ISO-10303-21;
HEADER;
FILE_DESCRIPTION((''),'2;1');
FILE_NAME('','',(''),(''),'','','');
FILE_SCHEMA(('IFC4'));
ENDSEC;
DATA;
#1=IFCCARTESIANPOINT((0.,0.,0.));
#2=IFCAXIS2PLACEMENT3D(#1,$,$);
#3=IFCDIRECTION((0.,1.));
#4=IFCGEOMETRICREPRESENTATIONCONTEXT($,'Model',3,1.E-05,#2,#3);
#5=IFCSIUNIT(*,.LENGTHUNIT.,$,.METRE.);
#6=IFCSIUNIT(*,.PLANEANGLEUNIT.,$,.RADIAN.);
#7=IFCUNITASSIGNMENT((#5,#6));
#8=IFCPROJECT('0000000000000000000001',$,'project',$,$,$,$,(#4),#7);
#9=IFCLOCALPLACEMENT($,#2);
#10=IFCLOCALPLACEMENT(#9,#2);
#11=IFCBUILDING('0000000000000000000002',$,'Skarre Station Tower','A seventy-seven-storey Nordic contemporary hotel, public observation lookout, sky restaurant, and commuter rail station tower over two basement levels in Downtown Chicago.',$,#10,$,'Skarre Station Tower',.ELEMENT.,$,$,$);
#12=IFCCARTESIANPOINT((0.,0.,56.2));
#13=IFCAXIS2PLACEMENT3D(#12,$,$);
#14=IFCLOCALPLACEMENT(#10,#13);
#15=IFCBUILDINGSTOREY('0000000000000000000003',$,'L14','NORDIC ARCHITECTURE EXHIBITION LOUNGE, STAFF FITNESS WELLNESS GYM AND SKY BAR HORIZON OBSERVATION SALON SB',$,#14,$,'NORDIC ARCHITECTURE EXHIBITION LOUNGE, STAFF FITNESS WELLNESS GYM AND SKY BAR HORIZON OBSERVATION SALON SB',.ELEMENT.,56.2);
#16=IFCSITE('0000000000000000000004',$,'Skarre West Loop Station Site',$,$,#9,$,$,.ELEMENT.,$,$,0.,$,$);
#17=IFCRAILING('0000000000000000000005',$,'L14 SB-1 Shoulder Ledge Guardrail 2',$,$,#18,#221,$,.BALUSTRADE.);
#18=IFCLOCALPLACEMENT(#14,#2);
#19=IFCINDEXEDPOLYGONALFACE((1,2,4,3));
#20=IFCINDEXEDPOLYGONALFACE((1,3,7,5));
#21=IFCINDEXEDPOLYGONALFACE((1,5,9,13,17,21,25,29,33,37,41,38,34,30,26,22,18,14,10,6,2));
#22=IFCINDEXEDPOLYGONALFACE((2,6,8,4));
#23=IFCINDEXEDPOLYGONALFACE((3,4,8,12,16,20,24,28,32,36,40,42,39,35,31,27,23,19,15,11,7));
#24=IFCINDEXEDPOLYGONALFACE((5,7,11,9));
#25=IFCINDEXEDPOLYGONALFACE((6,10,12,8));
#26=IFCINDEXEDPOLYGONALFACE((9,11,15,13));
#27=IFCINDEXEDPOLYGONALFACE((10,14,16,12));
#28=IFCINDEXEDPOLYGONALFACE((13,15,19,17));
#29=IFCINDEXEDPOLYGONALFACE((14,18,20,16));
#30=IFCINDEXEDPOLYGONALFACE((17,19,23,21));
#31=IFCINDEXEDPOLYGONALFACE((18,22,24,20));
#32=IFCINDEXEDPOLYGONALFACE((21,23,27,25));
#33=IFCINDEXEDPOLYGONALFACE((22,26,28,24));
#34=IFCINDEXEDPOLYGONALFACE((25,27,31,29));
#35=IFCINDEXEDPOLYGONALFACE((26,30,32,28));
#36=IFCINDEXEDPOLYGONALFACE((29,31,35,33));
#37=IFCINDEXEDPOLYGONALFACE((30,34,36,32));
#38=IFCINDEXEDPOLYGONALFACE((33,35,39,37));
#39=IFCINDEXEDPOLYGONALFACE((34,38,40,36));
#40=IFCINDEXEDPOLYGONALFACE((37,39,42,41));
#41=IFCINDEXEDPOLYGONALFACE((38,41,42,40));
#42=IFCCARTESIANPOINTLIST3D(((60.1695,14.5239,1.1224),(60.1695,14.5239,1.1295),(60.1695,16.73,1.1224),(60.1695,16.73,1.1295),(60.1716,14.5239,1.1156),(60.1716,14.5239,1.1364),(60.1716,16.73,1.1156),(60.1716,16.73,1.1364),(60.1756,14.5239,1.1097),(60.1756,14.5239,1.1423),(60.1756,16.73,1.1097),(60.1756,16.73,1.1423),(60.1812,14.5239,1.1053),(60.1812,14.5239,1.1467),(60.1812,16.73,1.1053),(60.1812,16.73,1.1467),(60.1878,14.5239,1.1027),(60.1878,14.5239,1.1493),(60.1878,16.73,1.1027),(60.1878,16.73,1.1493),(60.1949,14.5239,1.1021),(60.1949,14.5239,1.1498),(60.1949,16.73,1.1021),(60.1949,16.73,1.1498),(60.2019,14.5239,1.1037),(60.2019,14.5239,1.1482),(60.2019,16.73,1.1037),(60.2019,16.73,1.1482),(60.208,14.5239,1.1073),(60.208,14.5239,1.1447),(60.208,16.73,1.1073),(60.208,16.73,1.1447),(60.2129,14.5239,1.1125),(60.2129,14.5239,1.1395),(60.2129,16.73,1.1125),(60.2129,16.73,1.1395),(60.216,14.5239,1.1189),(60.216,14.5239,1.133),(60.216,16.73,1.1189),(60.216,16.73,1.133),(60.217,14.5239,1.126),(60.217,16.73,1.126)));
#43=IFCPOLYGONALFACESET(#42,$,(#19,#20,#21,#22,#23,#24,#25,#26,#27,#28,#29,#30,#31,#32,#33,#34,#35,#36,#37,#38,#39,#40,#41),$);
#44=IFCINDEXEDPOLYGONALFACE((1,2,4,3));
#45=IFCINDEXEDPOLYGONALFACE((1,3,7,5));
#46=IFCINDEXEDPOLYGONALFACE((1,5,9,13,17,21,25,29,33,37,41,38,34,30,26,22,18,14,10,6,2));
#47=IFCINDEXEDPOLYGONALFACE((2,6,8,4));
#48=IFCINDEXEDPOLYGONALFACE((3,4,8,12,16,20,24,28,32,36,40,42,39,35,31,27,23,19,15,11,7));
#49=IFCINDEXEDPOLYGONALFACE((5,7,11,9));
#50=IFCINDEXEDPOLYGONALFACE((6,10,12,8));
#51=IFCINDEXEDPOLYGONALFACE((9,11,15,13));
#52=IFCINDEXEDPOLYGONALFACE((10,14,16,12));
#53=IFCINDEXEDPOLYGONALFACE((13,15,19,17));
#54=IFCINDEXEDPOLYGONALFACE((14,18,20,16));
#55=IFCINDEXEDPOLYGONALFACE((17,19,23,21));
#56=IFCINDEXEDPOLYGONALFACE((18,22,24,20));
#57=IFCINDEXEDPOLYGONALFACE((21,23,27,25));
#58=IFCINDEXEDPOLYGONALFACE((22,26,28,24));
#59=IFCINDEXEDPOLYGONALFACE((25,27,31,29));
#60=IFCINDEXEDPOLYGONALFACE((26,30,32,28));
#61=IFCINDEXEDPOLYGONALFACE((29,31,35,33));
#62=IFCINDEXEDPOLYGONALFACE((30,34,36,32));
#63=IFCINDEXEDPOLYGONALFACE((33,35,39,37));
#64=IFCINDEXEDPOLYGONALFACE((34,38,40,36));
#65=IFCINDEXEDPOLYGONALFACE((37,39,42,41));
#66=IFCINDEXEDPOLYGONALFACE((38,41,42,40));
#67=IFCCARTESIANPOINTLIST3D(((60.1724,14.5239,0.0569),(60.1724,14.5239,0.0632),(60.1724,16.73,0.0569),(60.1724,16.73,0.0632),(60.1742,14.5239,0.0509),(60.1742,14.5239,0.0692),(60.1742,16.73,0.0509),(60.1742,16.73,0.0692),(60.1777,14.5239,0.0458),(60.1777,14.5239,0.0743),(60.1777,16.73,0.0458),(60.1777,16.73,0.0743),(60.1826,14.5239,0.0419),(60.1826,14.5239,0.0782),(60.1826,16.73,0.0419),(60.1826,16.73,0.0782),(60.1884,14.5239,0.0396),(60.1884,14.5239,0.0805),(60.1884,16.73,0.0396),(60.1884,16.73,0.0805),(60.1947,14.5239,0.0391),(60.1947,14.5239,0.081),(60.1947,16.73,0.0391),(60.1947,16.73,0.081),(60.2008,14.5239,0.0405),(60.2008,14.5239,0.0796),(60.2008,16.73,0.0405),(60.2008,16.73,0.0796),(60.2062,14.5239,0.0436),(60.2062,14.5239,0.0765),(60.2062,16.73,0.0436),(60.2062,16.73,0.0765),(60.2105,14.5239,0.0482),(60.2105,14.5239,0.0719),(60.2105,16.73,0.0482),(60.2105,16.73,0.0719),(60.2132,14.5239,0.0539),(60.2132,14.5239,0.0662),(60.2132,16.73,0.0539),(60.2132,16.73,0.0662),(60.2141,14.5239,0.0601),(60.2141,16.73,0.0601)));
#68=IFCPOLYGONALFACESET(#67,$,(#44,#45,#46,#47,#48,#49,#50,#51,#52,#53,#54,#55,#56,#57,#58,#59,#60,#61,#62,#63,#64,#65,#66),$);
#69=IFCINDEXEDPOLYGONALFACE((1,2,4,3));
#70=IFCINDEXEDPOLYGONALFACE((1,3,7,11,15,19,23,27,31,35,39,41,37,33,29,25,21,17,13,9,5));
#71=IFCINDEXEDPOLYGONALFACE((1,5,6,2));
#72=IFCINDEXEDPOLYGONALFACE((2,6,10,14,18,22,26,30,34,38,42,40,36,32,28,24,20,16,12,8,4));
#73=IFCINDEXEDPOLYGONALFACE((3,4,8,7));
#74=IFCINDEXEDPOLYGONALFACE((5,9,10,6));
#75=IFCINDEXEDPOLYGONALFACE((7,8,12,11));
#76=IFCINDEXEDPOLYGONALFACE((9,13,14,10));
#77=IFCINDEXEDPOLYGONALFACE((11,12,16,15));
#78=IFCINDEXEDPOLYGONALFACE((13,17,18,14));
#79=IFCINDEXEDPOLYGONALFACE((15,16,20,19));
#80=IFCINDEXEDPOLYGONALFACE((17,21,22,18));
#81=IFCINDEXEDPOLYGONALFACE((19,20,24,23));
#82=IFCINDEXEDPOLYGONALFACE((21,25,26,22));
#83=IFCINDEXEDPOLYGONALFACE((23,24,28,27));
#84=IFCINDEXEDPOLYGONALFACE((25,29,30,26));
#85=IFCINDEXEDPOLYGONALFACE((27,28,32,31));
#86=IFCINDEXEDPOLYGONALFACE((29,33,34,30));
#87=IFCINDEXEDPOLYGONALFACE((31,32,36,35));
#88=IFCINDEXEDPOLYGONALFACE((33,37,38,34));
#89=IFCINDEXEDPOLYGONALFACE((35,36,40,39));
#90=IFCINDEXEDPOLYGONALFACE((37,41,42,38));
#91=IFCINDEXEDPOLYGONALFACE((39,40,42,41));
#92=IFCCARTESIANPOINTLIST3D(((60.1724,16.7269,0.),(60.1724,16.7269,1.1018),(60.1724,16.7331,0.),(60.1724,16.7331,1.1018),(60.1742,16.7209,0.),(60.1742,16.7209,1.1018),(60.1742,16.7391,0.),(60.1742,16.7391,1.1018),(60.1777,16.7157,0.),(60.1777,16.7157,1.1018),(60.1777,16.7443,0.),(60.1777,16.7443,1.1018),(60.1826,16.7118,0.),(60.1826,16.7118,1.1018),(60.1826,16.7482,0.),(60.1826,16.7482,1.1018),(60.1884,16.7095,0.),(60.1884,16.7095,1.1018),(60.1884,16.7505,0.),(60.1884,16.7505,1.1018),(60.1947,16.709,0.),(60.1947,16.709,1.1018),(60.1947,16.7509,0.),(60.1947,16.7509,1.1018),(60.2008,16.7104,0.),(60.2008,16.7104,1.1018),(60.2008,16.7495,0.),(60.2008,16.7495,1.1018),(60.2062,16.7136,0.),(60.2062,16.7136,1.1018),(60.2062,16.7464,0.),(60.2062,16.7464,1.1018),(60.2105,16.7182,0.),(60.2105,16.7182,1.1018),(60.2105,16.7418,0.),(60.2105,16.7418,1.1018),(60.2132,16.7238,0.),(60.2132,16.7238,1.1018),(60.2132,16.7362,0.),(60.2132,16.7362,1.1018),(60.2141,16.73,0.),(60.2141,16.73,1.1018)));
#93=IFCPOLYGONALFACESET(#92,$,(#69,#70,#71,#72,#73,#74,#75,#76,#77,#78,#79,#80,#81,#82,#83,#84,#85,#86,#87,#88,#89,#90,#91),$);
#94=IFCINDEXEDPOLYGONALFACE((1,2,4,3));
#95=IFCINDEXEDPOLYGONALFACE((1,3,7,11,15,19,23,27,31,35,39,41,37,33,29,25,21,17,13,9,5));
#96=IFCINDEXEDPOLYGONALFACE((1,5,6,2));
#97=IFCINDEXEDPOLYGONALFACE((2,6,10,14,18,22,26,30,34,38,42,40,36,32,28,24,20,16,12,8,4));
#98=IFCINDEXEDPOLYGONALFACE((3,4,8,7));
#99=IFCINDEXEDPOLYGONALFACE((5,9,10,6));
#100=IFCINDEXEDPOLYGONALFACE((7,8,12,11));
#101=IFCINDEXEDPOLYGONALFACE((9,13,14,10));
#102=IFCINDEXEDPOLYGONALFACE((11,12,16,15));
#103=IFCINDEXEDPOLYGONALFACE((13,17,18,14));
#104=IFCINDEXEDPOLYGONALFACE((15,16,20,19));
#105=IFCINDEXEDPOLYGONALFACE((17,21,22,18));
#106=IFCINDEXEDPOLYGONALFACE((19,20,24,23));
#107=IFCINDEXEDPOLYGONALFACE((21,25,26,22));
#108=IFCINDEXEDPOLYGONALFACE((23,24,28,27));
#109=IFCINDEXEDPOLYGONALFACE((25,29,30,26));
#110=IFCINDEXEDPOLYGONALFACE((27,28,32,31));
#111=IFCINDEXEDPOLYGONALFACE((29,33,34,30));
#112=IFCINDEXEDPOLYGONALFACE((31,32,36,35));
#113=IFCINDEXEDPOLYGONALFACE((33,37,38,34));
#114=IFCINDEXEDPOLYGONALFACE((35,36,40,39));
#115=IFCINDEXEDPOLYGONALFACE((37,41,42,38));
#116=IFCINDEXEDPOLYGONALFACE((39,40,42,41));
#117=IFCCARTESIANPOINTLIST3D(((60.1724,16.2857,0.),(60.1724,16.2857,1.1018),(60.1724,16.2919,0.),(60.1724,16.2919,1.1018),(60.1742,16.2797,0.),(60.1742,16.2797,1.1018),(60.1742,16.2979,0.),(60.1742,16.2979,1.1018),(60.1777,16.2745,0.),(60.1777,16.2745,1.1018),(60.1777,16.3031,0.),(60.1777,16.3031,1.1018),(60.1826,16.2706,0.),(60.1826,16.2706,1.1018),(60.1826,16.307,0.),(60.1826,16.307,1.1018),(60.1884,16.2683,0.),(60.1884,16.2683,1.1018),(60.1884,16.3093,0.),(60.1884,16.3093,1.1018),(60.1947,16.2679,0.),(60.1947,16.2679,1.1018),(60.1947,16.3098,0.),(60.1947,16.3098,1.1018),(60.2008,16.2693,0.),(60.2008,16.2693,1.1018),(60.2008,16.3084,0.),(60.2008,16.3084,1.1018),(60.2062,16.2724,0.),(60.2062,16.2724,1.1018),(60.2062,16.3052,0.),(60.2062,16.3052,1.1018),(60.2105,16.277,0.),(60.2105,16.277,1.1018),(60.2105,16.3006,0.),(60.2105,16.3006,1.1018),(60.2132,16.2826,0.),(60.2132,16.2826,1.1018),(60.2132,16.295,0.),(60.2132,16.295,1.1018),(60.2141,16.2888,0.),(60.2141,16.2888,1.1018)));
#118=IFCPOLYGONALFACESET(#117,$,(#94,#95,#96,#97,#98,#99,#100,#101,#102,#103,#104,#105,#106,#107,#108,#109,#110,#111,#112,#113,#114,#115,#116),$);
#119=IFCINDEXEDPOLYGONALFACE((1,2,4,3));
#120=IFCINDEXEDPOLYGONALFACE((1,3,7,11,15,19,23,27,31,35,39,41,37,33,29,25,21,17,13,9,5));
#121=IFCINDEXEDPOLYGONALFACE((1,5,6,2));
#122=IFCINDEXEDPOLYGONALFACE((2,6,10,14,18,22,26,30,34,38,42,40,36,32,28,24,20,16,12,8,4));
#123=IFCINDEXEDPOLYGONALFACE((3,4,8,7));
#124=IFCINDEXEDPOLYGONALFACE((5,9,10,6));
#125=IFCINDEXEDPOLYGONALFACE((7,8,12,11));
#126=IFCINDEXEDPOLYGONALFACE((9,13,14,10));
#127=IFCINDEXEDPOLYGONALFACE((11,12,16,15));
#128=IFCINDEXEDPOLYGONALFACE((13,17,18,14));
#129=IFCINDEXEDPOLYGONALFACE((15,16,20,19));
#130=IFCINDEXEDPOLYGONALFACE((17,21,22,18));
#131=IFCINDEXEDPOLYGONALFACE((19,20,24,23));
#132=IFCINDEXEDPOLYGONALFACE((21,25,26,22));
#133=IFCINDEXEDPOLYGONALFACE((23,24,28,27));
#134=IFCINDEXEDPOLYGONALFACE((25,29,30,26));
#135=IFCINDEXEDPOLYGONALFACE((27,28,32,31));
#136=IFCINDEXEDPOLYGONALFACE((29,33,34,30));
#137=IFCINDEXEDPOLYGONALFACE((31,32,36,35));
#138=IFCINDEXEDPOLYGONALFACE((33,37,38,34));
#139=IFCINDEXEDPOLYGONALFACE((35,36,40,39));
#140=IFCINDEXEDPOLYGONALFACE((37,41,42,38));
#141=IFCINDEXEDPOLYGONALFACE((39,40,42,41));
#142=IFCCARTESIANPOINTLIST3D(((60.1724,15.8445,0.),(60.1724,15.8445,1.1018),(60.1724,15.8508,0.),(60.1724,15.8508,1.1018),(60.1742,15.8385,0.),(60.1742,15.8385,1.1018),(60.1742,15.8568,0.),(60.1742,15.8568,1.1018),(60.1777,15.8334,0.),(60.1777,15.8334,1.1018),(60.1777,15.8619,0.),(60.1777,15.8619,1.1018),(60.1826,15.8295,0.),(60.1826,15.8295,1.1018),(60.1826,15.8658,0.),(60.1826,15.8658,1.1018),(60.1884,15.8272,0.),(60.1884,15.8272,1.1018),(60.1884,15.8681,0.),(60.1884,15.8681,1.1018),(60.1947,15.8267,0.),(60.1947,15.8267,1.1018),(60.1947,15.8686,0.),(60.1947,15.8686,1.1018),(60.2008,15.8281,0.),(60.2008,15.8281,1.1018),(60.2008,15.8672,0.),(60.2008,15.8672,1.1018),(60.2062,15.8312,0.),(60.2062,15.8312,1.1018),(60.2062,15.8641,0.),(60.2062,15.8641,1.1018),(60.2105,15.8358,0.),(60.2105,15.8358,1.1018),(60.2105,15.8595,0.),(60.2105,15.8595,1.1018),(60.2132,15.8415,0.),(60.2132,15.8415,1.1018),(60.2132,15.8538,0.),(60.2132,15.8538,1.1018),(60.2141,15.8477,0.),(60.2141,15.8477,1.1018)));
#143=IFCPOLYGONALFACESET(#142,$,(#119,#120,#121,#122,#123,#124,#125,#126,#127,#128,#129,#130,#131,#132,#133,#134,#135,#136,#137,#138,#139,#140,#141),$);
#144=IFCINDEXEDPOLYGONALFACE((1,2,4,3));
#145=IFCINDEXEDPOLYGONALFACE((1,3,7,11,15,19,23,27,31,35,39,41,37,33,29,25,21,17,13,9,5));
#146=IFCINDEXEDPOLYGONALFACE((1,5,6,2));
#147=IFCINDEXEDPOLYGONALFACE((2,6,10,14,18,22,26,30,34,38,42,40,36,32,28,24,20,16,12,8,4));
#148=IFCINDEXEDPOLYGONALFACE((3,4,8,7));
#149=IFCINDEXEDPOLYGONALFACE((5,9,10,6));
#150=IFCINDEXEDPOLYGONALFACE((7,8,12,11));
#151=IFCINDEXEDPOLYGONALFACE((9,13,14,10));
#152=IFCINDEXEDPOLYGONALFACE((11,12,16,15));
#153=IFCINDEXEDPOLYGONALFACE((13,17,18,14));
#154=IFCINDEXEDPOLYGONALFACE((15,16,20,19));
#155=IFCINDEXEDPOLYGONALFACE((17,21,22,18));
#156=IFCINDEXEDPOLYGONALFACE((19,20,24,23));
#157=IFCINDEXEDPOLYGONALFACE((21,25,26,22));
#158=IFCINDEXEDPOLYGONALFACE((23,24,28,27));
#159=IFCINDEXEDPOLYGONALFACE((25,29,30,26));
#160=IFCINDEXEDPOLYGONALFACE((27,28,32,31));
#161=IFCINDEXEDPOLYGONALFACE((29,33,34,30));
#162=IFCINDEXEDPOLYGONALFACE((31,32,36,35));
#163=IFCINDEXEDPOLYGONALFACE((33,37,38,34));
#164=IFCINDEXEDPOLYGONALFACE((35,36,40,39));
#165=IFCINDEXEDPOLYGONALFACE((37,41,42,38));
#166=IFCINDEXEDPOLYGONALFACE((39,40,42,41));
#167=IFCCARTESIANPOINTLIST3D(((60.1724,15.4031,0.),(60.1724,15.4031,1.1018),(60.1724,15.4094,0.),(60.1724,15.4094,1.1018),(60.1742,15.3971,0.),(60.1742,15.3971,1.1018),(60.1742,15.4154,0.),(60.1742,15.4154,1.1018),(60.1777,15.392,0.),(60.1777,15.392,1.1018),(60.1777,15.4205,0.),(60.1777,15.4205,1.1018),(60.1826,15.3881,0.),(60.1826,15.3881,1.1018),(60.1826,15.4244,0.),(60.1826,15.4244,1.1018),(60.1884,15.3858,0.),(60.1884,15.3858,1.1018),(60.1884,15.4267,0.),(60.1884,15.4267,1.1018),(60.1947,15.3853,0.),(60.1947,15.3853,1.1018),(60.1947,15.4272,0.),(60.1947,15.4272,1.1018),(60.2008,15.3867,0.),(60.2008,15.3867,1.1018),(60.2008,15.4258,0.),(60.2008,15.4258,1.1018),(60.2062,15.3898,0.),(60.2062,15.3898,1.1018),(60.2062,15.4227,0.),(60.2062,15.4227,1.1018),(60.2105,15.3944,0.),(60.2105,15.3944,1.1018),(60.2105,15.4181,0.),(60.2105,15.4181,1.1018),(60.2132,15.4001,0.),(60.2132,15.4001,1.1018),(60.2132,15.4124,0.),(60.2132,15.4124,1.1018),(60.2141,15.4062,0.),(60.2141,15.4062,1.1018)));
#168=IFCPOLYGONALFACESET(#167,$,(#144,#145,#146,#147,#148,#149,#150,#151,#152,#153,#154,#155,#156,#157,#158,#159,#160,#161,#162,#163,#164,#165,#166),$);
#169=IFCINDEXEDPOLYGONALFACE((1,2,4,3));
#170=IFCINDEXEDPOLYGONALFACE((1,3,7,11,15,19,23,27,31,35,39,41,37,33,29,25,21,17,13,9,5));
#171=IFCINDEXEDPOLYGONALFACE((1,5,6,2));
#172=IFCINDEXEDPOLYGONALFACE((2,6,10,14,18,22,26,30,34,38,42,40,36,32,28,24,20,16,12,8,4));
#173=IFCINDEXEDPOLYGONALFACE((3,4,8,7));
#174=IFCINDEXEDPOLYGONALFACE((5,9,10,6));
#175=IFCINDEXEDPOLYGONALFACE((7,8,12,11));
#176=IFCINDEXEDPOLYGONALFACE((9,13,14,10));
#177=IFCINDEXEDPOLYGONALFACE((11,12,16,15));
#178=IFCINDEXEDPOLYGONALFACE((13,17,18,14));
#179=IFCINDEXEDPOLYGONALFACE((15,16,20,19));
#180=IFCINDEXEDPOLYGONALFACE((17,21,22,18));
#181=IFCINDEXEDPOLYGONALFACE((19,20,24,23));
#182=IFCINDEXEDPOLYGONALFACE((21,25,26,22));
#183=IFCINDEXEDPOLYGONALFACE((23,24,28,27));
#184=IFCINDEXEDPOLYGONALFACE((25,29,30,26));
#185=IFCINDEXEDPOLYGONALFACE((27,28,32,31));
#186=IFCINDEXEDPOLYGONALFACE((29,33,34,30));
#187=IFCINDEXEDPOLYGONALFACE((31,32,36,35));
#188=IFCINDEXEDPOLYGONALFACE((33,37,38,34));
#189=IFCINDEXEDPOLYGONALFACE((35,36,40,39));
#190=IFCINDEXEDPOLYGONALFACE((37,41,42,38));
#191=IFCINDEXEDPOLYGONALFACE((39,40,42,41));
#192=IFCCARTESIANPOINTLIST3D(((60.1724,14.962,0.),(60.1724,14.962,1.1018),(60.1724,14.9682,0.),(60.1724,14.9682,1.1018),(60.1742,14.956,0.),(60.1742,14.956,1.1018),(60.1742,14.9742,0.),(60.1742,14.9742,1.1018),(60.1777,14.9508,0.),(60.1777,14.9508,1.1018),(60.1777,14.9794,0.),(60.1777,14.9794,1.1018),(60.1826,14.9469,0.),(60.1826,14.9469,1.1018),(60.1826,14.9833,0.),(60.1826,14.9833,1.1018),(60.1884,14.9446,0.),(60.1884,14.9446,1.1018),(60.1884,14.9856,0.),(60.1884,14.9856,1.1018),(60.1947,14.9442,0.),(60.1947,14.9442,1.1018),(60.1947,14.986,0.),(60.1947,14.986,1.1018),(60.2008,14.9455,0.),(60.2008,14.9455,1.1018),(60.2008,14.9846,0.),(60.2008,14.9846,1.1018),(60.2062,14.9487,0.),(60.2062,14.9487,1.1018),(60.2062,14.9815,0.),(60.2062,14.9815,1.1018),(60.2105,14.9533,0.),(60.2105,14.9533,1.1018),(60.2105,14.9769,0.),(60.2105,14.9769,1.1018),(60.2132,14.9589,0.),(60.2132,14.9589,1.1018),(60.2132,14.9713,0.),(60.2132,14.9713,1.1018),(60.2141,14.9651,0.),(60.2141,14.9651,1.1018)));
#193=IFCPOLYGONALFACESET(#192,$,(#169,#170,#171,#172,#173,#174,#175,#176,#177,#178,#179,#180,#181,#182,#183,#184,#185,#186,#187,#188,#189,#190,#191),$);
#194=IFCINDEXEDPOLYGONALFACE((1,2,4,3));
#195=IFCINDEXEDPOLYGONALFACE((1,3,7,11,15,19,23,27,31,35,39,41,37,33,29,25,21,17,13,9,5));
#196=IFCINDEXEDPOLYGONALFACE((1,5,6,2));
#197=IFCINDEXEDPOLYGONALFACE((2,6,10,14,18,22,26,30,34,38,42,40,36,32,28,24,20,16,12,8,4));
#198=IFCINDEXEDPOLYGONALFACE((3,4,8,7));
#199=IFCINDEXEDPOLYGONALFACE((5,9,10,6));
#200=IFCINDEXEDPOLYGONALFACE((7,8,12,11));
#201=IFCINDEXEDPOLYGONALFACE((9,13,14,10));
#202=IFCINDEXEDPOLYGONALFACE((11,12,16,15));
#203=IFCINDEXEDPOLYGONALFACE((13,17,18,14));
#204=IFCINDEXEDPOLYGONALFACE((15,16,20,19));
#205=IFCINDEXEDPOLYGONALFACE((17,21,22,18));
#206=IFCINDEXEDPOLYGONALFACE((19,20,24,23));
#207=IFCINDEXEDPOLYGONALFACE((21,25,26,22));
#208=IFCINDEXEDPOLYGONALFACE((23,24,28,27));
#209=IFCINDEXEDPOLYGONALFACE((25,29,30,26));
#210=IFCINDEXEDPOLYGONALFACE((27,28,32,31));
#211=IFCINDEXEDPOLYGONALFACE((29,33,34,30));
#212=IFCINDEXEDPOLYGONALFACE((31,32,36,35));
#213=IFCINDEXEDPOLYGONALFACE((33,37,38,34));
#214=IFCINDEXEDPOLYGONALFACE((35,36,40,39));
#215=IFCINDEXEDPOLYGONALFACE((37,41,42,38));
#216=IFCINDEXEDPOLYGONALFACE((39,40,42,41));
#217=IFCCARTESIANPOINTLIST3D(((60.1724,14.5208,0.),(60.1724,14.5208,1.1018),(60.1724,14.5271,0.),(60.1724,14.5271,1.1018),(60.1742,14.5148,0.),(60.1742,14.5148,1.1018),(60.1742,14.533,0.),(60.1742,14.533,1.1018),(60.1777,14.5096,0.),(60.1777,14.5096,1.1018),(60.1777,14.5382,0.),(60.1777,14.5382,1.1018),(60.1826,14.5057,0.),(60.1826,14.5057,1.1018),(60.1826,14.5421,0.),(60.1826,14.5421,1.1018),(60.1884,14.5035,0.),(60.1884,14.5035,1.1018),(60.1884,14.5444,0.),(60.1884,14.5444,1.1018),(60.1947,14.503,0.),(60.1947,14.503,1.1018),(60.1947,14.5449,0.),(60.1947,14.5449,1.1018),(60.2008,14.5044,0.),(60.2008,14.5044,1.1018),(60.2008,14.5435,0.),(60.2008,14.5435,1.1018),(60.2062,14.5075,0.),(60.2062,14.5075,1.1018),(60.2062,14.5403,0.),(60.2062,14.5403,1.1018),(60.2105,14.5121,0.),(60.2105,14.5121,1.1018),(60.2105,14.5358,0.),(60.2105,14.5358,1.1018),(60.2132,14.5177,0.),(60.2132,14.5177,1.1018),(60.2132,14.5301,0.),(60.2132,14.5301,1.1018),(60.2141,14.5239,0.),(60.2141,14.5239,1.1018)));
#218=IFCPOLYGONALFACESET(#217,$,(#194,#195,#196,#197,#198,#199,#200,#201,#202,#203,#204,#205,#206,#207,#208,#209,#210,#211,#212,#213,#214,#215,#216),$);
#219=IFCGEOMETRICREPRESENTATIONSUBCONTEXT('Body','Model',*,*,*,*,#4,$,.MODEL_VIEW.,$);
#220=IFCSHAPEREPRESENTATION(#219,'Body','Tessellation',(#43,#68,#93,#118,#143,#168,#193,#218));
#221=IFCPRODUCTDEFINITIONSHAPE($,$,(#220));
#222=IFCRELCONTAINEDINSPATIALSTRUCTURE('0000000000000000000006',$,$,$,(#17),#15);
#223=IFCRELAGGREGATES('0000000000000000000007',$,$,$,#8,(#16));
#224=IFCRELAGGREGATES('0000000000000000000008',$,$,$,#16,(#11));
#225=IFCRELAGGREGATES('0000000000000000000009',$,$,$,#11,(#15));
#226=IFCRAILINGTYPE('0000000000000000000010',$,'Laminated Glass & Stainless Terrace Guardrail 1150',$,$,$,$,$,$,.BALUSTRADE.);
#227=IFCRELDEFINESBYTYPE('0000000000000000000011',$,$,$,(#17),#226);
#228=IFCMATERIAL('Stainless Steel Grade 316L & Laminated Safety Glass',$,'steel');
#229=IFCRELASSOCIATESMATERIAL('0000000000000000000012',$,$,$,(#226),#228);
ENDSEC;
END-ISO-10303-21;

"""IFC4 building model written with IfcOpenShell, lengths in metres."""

from ifc_helpers import new_model, si_unit, direction, frame, origin, origin_2d, place, context, subcontext, project, spatial, circle, extrude, material, type_object, element, save


model = new_model("IFC4")

# Units and contexts
model_context = context("Model", 3, precision=1e-05, world=origin(), true_north=direction((0.0, 1.0)))
body_context = subcontext(model_context, "Body", "Model", "MODEL_VIEW")
ifc_project = project(units=[si_unit("LENGTHUNIT", "METRE"), si_unit("PLANEANGLEUNIT", "RADIAN")], contexts=[model_context])

# Site, building, storey
site_placement = place(None, origin())
site = spatial("IfcSite", under=ifc_project, at=site_placement, Name="Skarre West Loop Station Site", CompositionType="ELEMENT", RefElevation=0.0)
building_placement = place(site_placement, origin())
building = spatial("IfcBuilding", under=site, at=building_placement, Name="Skarre Station Tower", Description="A seventy-seven-storey Nordic contemporary hotel, public observation lookout, sky restaurant, and commuter rail station tower over two basement levels in Downtown Chicago.", LongName="Skarre Station Tower", CompositionType="ELEMENT")
storey_placement = place(building_placement, frame((0.0, 0.0, 56.2)))
storey = spatial("IfcBuildingStorey", under=building, at=storey_placement, Name="L14", Description="NORDIC ARCHITECTURE EXHIBITION LOUNGE, STAFF FITNESS WELLNESS GYM AND SKY BAR HORIZON OBSERVATION SALON SB", LongName="NORDIC ARCHITECTURE EXHIBITION LOUNGE, STAFF FITNESS WELLNESS GYM AND SKY BAR HORIZON OBSERVATION SALON SB", CompositionType="ELEMENT", Elevation=56.2)

# Railing
ifc_material_1 = material(Name="Stainless Steel Grade 316L & Laminated Safety Glass", Category="steel")
railing_type = type_object("IfcRailingType", Name="Laminated Glass & Stainless Terrace Guardrail 1150", PredefinedType="BALUSTRADE", material=ifc_material_1)
railing_placement = place(storey_placement, frame((60.1931, 16.73, 0.0)))
element("IfcRailing", 1, at=railing_placement, inside=storey, type_object=railing_type, Name="L14 SB-1 Shoulder Ledge Guardrail 2", PredefinedType="BALUSTRADE", context=body_context, shape_type="SweptSolid", body=[
    extrude(circle(Radius=0.0239, at=origin_2d()), frame((0.0, 0.0, 1.126), z_axis=(0.0, -1.0, 0.0), x_axis=(1.0, 0.0, 0.0)), (0.0, 0.0, 1.0), 2.2061),
    extrude(circle(Radius=0.021, at=origin_2d()), frame((0.0, 0.0, 0.0601), z_axis=(0.0, -1.0, 0.0), x_axis=(1.0, 0.0, 0.0)), (0.0, 0.0, 1.0), 2.2061),
    extrude(circle(Radius=0.021, at=origin_2d()), origin(), (0.0, 0.0, 1.0), 1.1018),
    extrude(circle(Radius=0.021, at=origin_2d()), frame((0.0, -0.4412, 0.0)), (0.0, 0.0, 1.0), 1.1018),
    extrude(circle(Radius=0.021, at=origin_2d()), frame((0.0, -0.8823, 0.0)), (0.0, 0.0, 1.0), 1.1018),
    extrude(circle(Radius=0.021, at=origin_2d()), frame((0.0, -1.3237, 0.0)), (0.0, 0.0, 1.0), 1.1018),
    extrude(circle(Radius=0.021, at=origin_2d()), frame((0.0, -1.7649, 0.0)), (0.0, 0.0, 1.0), 1.1018),
    extrude(circle(Radius=0.021, at=origin_2d()), frame((0.0, -2.2061, 0.0)), (0.0, 0.0, 1.0), 1.1018),
])

save(model, "model.ifc")
